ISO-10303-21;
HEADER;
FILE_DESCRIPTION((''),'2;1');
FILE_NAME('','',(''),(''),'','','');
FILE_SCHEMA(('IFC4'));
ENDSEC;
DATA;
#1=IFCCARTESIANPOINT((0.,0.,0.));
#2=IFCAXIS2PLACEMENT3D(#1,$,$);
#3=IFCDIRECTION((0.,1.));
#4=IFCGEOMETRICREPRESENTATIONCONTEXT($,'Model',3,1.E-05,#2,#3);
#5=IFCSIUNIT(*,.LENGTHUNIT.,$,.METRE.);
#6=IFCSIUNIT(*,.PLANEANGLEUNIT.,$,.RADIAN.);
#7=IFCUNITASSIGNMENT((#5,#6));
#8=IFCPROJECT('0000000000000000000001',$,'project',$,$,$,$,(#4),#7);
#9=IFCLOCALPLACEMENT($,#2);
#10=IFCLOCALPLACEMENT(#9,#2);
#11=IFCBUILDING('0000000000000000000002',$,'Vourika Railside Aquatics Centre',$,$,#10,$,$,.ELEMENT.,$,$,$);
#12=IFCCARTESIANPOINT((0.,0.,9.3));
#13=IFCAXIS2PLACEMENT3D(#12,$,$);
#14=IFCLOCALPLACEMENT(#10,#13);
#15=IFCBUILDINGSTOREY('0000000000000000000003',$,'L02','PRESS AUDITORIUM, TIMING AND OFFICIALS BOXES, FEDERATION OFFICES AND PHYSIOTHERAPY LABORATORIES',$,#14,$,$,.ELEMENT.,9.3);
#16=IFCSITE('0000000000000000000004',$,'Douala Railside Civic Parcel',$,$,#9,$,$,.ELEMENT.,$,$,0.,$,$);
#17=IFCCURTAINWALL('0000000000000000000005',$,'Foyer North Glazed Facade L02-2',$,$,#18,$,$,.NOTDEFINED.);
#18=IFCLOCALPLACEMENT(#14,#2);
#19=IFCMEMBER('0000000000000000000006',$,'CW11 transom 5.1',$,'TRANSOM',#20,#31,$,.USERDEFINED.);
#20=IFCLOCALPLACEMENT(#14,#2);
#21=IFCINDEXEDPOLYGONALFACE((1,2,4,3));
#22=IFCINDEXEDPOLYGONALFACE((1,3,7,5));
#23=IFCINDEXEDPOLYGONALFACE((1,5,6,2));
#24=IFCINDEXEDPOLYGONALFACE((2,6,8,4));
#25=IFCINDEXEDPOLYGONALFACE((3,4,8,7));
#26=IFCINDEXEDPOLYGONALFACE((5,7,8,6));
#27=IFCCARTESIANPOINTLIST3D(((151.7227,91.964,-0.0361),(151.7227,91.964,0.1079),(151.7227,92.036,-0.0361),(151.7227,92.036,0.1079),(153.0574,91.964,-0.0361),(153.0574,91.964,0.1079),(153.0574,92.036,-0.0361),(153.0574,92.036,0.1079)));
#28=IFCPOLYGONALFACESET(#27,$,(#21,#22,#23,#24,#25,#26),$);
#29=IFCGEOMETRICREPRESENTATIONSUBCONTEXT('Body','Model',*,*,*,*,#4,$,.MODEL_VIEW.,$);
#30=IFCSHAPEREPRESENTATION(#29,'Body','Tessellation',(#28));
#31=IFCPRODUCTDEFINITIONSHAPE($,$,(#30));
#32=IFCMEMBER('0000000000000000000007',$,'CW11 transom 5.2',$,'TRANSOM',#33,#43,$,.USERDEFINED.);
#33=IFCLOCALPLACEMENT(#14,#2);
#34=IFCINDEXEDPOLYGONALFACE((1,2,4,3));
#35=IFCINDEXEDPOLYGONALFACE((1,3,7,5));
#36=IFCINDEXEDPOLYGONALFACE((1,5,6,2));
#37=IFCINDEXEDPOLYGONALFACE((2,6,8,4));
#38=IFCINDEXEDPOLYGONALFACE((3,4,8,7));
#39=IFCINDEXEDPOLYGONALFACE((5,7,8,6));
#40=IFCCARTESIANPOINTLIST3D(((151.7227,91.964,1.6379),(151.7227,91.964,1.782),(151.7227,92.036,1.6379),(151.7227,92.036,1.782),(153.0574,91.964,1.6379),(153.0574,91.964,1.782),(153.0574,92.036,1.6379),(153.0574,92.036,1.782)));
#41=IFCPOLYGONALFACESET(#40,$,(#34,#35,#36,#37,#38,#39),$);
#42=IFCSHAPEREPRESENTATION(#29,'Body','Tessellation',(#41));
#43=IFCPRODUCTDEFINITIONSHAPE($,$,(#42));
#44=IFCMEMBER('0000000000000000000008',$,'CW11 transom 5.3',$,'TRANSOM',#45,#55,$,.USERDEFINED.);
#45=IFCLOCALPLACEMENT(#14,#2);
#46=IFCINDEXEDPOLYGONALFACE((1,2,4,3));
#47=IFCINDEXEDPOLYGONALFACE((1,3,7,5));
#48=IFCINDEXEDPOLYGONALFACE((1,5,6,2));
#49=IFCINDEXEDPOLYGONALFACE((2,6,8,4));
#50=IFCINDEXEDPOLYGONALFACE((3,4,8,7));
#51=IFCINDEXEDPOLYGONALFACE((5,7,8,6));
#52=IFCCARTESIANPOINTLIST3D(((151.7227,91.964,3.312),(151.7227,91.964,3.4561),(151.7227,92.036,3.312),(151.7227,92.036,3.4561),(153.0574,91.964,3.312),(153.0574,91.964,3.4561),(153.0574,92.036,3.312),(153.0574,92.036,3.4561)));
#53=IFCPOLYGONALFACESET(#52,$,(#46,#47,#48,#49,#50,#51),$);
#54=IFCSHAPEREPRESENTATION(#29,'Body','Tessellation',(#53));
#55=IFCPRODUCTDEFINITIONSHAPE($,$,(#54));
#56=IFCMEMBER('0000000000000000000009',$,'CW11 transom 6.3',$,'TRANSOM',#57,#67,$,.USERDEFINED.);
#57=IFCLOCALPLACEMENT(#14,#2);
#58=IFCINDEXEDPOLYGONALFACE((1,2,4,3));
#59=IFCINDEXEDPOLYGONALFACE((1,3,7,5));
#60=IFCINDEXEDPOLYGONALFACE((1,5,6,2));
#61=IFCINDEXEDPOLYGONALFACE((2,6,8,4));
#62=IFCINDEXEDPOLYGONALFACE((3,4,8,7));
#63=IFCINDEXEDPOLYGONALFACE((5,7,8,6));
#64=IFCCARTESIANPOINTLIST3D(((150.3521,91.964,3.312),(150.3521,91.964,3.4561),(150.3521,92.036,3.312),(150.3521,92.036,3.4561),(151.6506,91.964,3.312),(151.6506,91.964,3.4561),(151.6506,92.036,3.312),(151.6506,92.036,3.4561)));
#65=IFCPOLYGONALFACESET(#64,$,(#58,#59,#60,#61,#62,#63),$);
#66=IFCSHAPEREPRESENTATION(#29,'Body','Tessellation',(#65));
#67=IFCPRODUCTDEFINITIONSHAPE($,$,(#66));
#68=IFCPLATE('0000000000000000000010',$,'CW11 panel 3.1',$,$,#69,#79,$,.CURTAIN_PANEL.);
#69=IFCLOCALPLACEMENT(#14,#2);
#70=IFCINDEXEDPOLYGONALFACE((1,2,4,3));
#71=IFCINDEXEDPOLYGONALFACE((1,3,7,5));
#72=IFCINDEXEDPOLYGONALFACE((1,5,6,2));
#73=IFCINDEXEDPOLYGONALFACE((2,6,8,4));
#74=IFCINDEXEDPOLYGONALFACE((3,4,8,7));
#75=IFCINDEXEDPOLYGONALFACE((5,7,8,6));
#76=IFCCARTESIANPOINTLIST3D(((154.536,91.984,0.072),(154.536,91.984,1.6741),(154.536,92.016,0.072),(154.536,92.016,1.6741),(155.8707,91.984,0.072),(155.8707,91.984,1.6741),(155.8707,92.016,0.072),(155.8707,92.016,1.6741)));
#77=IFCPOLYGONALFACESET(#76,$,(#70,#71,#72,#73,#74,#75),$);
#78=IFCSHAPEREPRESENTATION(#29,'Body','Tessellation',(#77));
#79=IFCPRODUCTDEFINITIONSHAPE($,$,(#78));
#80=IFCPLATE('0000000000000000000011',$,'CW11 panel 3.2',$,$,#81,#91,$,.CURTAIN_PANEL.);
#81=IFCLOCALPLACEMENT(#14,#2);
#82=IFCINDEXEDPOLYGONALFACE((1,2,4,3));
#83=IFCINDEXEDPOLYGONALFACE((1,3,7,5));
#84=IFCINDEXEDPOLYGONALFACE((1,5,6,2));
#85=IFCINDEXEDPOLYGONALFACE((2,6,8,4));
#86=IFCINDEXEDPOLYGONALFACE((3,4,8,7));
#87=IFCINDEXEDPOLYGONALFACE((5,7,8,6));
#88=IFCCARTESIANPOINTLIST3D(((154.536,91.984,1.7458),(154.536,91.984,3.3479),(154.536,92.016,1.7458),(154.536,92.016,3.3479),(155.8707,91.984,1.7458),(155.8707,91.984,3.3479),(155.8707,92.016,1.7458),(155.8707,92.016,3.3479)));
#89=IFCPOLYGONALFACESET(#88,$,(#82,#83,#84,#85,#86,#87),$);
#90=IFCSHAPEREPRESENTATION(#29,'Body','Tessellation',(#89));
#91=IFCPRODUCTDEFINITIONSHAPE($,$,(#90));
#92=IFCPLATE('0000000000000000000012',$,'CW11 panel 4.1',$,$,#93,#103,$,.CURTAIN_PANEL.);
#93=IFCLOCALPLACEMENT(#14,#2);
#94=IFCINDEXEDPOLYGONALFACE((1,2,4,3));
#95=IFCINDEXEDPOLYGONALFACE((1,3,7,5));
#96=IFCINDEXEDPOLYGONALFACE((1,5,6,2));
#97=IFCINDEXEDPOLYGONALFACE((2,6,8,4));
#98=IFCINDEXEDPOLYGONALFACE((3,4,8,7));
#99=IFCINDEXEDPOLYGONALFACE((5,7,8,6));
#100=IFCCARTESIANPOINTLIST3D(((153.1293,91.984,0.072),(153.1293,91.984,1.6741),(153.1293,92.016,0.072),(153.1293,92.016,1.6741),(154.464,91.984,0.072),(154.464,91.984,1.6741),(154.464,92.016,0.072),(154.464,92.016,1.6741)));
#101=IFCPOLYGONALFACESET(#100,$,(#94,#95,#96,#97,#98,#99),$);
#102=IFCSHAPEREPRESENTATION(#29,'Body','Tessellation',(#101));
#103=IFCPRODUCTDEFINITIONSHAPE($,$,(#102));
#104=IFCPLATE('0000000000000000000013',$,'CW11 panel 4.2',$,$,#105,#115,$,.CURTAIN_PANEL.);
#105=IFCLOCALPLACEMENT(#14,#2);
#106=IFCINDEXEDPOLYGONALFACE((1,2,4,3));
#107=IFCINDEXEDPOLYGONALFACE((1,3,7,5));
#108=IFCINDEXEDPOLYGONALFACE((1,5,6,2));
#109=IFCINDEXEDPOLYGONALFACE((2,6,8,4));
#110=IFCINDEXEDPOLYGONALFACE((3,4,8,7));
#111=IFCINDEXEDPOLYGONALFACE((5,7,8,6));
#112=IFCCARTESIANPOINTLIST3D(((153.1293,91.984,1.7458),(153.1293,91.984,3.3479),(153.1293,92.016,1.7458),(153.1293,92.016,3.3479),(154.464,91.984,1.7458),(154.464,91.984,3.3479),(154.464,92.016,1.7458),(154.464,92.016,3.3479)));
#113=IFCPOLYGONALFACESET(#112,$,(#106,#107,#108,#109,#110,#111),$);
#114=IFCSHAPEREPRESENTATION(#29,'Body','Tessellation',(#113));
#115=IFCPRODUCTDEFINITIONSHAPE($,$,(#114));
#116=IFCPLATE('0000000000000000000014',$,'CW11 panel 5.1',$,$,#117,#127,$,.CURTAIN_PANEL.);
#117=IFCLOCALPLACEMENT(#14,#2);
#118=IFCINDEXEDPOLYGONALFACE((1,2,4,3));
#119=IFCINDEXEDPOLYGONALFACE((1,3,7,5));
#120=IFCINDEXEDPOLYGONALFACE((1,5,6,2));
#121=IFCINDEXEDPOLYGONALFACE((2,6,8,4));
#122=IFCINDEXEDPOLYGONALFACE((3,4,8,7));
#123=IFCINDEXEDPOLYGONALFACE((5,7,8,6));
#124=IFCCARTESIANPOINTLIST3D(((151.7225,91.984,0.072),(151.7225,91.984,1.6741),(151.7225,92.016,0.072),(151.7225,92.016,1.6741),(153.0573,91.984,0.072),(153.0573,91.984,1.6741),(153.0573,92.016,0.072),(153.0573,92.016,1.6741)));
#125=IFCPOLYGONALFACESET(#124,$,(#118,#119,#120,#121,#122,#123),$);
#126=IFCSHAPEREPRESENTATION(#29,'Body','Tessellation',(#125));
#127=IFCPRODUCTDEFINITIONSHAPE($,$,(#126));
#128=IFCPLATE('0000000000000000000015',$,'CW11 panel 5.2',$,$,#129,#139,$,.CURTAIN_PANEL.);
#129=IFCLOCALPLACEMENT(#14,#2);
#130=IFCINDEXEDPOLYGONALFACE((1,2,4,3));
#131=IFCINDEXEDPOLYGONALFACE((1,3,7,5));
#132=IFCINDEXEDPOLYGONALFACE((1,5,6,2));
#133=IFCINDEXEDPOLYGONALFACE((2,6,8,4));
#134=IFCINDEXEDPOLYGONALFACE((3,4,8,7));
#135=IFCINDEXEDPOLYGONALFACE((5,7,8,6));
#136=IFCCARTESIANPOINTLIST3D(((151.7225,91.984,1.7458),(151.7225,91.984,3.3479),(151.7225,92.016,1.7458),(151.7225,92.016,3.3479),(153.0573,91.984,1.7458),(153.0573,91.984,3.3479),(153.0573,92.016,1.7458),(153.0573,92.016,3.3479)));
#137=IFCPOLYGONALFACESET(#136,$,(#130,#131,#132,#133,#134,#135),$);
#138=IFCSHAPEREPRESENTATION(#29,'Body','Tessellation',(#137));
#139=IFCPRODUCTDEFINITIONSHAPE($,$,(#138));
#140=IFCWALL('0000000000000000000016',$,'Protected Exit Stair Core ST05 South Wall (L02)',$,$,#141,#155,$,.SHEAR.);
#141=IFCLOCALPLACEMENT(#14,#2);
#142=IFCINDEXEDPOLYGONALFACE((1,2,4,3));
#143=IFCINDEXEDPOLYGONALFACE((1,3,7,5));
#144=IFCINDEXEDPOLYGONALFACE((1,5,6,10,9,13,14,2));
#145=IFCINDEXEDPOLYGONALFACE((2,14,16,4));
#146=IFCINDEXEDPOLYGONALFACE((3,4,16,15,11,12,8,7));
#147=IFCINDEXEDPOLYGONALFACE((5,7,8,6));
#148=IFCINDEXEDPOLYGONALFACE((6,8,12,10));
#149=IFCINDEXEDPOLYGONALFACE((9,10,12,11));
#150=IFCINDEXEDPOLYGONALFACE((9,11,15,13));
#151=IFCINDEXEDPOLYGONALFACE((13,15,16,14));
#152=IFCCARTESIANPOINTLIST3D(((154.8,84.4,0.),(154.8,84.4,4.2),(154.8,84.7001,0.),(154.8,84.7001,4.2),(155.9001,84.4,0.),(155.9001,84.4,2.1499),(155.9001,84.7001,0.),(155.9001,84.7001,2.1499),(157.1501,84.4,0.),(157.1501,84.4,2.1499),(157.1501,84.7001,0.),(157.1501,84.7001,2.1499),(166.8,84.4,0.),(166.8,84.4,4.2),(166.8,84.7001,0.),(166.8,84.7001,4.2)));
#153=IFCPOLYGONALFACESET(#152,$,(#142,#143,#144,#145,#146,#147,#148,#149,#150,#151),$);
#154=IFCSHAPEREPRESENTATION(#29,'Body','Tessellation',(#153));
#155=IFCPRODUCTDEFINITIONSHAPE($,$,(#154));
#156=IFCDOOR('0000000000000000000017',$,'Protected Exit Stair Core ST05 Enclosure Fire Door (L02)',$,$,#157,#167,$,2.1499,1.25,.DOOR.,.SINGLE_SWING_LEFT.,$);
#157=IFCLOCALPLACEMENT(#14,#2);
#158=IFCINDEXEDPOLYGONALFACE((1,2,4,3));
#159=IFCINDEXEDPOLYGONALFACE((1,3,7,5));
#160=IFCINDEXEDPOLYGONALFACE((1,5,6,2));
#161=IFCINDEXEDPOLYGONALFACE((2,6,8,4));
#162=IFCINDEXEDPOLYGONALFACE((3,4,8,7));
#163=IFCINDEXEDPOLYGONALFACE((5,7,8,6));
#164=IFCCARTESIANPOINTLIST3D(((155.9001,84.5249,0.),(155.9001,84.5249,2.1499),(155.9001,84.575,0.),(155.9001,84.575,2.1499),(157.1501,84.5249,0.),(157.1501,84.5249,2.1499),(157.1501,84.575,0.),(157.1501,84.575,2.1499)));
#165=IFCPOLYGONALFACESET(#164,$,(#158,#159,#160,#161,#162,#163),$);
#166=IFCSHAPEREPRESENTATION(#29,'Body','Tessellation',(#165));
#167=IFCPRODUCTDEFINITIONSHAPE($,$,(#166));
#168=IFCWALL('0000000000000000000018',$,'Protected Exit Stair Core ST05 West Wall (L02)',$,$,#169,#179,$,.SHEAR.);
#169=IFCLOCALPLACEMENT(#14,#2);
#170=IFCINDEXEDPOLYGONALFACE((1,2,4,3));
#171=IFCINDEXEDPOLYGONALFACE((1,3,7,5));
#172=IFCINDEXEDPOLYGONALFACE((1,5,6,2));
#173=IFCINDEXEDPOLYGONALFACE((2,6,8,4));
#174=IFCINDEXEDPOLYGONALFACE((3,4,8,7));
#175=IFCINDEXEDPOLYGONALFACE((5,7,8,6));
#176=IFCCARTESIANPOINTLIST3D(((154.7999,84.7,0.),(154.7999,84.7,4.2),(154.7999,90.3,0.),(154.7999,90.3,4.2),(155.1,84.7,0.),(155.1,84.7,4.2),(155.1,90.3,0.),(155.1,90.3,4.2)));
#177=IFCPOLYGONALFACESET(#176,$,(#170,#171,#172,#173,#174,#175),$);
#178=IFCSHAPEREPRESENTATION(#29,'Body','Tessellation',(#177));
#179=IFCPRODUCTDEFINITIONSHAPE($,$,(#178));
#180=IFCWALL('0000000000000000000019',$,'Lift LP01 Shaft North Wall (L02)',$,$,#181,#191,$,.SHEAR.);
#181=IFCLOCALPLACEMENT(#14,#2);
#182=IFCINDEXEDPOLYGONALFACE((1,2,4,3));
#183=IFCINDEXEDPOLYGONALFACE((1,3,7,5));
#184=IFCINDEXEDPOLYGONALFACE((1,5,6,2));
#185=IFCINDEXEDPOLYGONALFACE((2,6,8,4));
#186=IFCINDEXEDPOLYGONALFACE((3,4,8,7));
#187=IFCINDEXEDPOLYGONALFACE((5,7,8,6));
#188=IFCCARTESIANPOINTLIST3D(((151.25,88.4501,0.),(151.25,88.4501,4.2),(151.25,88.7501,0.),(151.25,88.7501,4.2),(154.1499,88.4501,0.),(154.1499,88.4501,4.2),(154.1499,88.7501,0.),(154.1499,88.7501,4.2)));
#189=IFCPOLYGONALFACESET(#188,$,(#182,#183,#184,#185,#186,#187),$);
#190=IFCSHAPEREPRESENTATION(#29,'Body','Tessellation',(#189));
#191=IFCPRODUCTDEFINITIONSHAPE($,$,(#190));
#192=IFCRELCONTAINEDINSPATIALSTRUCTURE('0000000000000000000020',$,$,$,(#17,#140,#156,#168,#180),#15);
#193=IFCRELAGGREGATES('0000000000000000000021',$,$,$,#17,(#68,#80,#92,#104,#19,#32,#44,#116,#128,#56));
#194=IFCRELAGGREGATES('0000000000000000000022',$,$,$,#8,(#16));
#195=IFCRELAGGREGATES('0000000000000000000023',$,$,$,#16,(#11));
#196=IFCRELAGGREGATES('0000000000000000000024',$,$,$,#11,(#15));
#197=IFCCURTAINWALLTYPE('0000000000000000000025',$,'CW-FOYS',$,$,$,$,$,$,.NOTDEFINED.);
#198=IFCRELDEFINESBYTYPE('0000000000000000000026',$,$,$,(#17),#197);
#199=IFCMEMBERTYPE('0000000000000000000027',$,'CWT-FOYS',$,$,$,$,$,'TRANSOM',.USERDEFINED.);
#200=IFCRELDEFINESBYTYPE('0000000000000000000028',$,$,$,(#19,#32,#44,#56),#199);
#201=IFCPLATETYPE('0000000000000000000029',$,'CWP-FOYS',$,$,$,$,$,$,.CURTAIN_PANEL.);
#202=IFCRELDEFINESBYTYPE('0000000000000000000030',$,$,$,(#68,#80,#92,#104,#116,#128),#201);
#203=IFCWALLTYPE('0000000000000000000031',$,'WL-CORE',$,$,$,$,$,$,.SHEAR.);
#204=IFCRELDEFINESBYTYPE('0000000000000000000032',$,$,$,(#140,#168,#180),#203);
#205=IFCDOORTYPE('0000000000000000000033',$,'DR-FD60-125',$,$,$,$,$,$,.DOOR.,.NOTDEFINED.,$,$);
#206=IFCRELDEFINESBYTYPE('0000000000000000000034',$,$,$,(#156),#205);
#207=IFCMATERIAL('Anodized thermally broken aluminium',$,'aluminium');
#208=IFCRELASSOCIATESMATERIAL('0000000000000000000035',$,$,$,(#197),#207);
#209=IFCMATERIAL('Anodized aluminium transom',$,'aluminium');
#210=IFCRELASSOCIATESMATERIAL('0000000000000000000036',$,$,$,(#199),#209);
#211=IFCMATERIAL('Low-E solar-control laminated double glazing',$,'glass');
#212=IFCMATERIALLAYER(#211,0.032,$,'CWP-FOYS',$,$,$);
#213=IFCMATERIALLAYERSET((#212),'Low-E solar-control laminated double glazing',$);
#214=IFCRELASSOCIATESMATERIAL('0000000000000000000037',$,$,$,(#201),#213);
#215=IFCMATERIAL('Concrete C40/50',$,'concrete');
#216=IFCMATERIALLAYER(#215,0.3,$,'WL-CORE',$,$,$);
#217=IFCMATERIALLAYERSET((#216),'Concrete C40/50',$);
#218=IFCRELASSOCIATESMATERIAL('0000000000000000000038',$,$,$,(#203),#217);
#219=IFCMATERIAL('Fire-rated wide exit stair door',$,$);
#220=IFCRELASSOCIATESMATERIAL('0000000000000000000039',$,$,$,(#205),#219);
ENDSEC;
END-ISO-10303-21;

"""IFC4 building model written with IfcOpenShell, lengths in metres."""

from ifc_helpers import new_model, si_unit, direction, frame, frame_2d, origin, origin_2d, place, context, subcontext, project, spatial, rectangle, extrude, material, layer, layer_set, material_profile, profile_set, type_object, element, fill, aggregate, save


model = new_model("IFC4")

# Units and contexts
model_context = context("Model", 3, precision=1e-05, world=origin(), true_north=direction((0.0, 1.0)))
body_context = subcontext(model_context, "Body", "Model", "MODEL_VIEW")
ifc_project = project(units=[si_unit("LENGTHUNIT", "METRE"), si_unit("PLANEANGLEUNIT", "RADIAN")], contexts=[model_context])

# Site, building, storey
site_placement = place(None, origin())
site = spatial("IfcSite", under=ifc_project, at=site_placement, Name="Douala Railside Civic Parcel", CompositionType="ELEMENT", RefElevation=0.0)
building_placement = place(site_placement, origin())
building = spatial("IfcBuilding", under=site, at=building_placement, Name="Vourika Railside Aquatics Centre", CompositionType="ELEMENT")
storey_placement = place(building_placement, frame((0.0, 0.0, 9.3)))
storey = spatial("IfcBuildingStorey", under=building, at=storey_placement, Name="L02", Description="PRESS AUDITORIUM, TIMING AND OFFICIALS BOXES, FEDERATION OFFICES AND PHYSIOTHERAPY LABORATORIES", CompositionType="ELEMENT", Elevation=9.3)

# Curtain wall, members, plates
ifc_material_1 = material(Name="Anodized thermally broken aluminium", Category="aluminium")
curtain_wall_type = type_object("IfcCurtainWallType", Name="CW-FOYS", PredefinedType="NOTDEFINED", material=ifc_material_1)
curtain_wall_placement = place(storey_placement, origin())
curtain_wall = element("IfcCurtainWall", 1, at=curtain_wall_placement, inside=storey, type_object=curtain_wall_type, Name="Foyer North Glazed Facade L02-2", PredefinedType="NOTDEFINED")
ifc_material_2 = material(Name="Anodized aluminium transom", Category="aluminium")
ifc_material_profile_1 = material_profile(ifc_material_2, rectangle(XDim=0.072, YDim=0.144, at=origin_2d()), Name="ALU-T 72x144")
ifc_profile_set_1 = profile_set([ifc_material_profile_1], Name="Anodized aluminium transom")
member_type_1 = type_object("IfcMemberType", Name="CWT-FOYS", ElementType="TRANSOM", PredefinedType="USERDEFINED", material=ifc_profile_set_1)
member_1_placement = place(storey_placement, frame((153.0574, 92.0, 0.0359), z_axis=(-1.0, 0.0, 0.0), x_axis=(0.0, -1.0, 0.0)))
member_1 = element("IfcMember", 2, at=member_1_placement, type_object=member_type_1, Name="CW11 transom 5.1", ObjectType="TRANSOM", PredefinedType="USERDEFINED", context=body_context, shape_type="SweptSolid", body=[
    extrude(rectangle(XDim=0.072, YDim=0.144, at=origin_2d()), origin(), (0.0, 0.0, 1.0), 1.3347),
])
member_2_placement = place(storey_placement, frame((153.0574, 92.0, 1.71), z_axis=(-1.0, 0.0, 0.0), x_axis=(0.0, -1.0, 0.0)))
member_2 = element("IfcMember", 3, at=member_2_placement, type_object=member_type_1, Name="CW11 transom 5.2", ObjectType="TRANSOM", PredefinedType="USERDEFINED", context=body_context, shape_type="SweptSolid", body=[
    extrude(rectangle(XDim=0.072, YDim=0.144, at=origin_2d()), origin(), (0.0, 0.0, 1.0), 1.3347),
])
member_3_placement = place(storey_placement, frame((153.0574, 92.0, 3.384), z_axis=(-1.0, 0.0, 0.0), x_axis=(0.0, -1.0, 0.0)))
member_3 = element("IfcMember", 4, at=member_3_placement, type_object=member_type_1, Name="CW11 transom 5.3", ObjectType="TRANSOM", PredefinedType="USERDEFINED", context=body_context, shape_type="SweptSolid", body=[
    extrude(rectangle(XDim=0.072, YDim=0.144, at=origin_2d()), origin(), (0.0, 0.0, 1.0), 1.3347),
])
member_4_placement = place(storey_placement, frame((151.6506, 92.0, 3.384), z_axis=(-1.0, 0.0, 0.0), x_axis=(0.0, -1.0, 0.0)))
member_4 = element("IfcMember", 5, at=member_4_placement, type_object=member_type_1, Name="CW11 transom 6.3", ObjectType="TRANSOM", PredefinedType="USERDEFINED", context=body_context, shape_type="SweptSolid", body=[
    extrude(rectangle(XDim=0.072, YDim=0.144, at=origin_2d()), origin(), (0.0, 0.0, 1.0), 1.2986),
])
ifc_material_3 = material(Name="Low-E solar-control laminated double glazing", Category="glass")
ifc_layer_1 = layer(ifc_material_3, 0.032, Name="CWP-FOYS")
ifc_layer_set_1 = layer_set([ifc_layer_1], Name="Low-E solar-control laminated double glazing")
plate_type = type_object("IfcPlateType", Name="CWP-FOYS", PredefinedType="CURTAIN_PANEL", material=ifc_layer_set_1)
plate_1_placement = place(storey_placement, frame((155.2034, 92.0, 0.072), z_axis=(0.0, 0.0, 1.0), x_axis=(-1.0, 0.0, 0.0)))
plate_1 = element("IfcPlate", 6, at=plate_1_placement, type_object=plate_type, Name="CW11 panel 3.1", PredefinedType="CURTAIN_PANEL", context=body_context, shape_type="SweptSolid", body=[
    extrude(rectangle(XDim=1.3347, YDim=0.032, at=origin_2d()), origin(), (0.0, 0.0, 1.0), 1.6021),
])
plate_2_placement = place(storey_placement, frame((155.2034, 92.0, 1.7458), z_axis=(0.0, 0.0, 1.0), x_axis=(-1.0, 0.0, 0.0)))
plate_2 = element("IfcPlate", 7, at=plate_2_placement, type_object=plate_type, Name="CW11 panel 3.2", PredefinedType="CURTAIN_PANEL", context=body_context, shape_type="SweptSolid", body=[
    extrude(rectangle(XDim=1.3347, YDim=0.032, at=origin_2d()), origin(), (0.0, 0.0, 1.0), 1.6021),
])
plate_3_placement = place(storey_placement, frame((153.7966, 92.0, 0.072), z_axis=(0.0, 0.0, 1.0), x_axis=(-1.0, 0.0, 0.0)))
plate_3 = element("IfcPlate", 8, at=plate_3_placement, type_object=plate_type, Name="CW11 panel 4.1", PredefinedType="CURTAIN_PANEL", context=body_context, shape_type="SweptSolid", body=[
    extrude(rectangle(XDim=1.3347, YDim=0.032, at=origin_2d()), origin(), (0.0, 0.0, 1.0), 1.6021),
])
plate_4_placement = place(storey_placement, frame((153.7966, 92.0, 1.7458), z_axis=(0.0, 0.0, 1.0), x_axis=(-1.0, 0.0, 0.0)))
plate_4 = element("IfcPlate", 9, at=plate_4_placement, type_object=plate_type, Name="CW11 panel 4.2", PredefinedType="CURTAIN_PANEL", context=body_context, shape_type="SweptSolid", body=[
    extrude(rectangle(XDim=1.3347, YDim=0.032, at=origin_2d()), origin(), (0.0, 0.0, 1.0), 1.6021),
])
plate_5_placement = place(storey_placement, frame((152.3899, 92.0, 0.072), z_axis=(0.0, 0.0, 1.0), x_axis=(-1.0, 0.0, 0.0)))
plate_5 = element("IfcPlate", 10, at=plate_5_placement, type_object=plate_type, Name="CW11 panel 5.1", PredefinedType="CURTAIN_PANEL", context=body_context, shape_type="SweptSolid", body=[
    extrude(rectangle(XDim=1.3347, YDim=0.032, at=origin_2d()), origin(), (0.0, 0.0, 1.0), 1.6021),
])
plate_6_placement = place(storey_placement, frame((152.3899, 92.0, 1.7458), z_axis=(0.0, 0.0, 1.0), x_axis=(-1.0, 0.0, 0.0)))
plate_6 = element("IfcPlate", 11, at=plate_6_placement, type_object=plate_type, Name="CW11 panel 5.2", PredefinedType="CURTAIN_PANEL", context=body_context, shape_type="SweptSolid", body=[
    extrude(rectangle(XDim=1.3347, YDim=0.032, at=origin_2d()), origin(), (0.0, 0.0, 1.0), 1.6021),
])
aggregate(curtain_wall, [plate_1, plate_2, plate_3, plate_4, member_1, member_2, member_3, plate_5, plate_6, member_4])

# Wall, opening, door
ifc_material_4 = material(Name="Concrete C40/50", Category="concrete")
ifc_layer_2 = layer(ifc_material_4, 0.3, Name="WL-CORE")
ifc_layer_set_2 = layer_set([ifc_layer_2], Name="Concrete C40/50")
wall_type_1 = type_object("IfcWallType", Name="WL-CORE", PredefinedType="SHEAR", material=ifc_layer_set_2)
wall_1_placement = place(storey_placement, frame((154.8, 84.55, 0.0), z_axis=(0.0, 0.0, 1.0), x_axis=(1.0, 0.0, 0.0)))
wall_1 = element("IfcWall", 12, at=wall_1_placement, inside=storey, type_object=wall_type_1, Name="Protected Exit Stair Core ST05 South Wall (L02)", PredefinedType="SHEAR", context=body_context, shape_type="SweptSolid", body=[
    extrude(rectangle(XDim=12.0, YDim=0.3, at=frame_2d((6.0, 0.0))), origin(), (0.0, 0.0, 1.0), 4.2),
])
opening_placement = place(wall_1_placement, frame((1.1001, 0.0, 0.0)))
opening = element("IfcOpeningElement", 13, at=opening_placement, cuts=wall_1, PredefinedType="OPENING", context=body_context, shape_type="SweptSolid", body=[
    extrude(rectangle(XDim=1.25, YDim=2.1499, at=frame_2d((0.625, 1.075))), frame((0.0, 0.1602, 0.0), z_axis=(0.0, -1.0, 0.0), x_axis=(1.0, 0.0, 0.0)), (0.0, 0.0, 1.0), 0.3201),
])
ifc_material_5 = material(Name="Fire-rated wide exit stair door")
door_type = type_object("IfcDoorType", Name="DR-FD60-125", OperationType="NOTDEFINED", PredefinedType="DOOR", material=ifc_material_5)
door_placement = place(opening_placement, origin())
door = element("IfcDoor", 14, at=door_placement, inside=storey, type_object=door_type, Name="Protected Exit Stair Core ST05 Enclosure Fire Door (L02)", OperationType="SINGLE_SWING_LEFT", OverallHeight=2.1499, OverallWidth=1.25, PredefinedType="DOOR", context=body_context, shape_type="SweptSolid", body=[
    extrude(rectangle(XDim=1.25, YDim=2.1499, at=frame_2d((0.625, 1.075))), frame((0.0, 0.0249, 0.0), z_axis=(0.0, -1.0, 0.0), x_axis=(1.0, 0.0, 0.0)), (0.0, 0.0, 1.0), 0.05),
])
fill(opening, door)

# Walls
wall_2_placement = place(storey_placement, frame((154.95, 90.3, 0.0), z_axis=(0.0, 0.0, 1.0), x_axis=(0.0, -1.0, 0.0)))
element("IfcWall", 15, at=wall_2_placement, inside=storey, type_object=wall_type_1, Name="Protected Exit Stair Core ST05 West Wall (L02)", PredefinedType="SHEAR", context=body_context, shape_type="SweptSolid", body=[
    extrude(rectangle(XDim=5.6001, YDim=0.3, at=frame_2d((2.8, 0.0))), origin(), (0.0, 0.0, 1.0), 4.2),
])
wall_3_placement = place(storey_placement, frame((154.1499, 88.6001, 0.0), z_axis=(0.0, 0.0, 1.0), x_axis=(-1.0, 0.0, 0.0)))
element("IfcWall", 16, at=wall_3_placement, inside=storey, type_object=wall_type_1, Name="Lift LP01 Shaft North Wall (L02)", PredefinedType="SHEAR", context=body_context, shape_type="SweptSolid", body=[
    extrude(rectangle(XDim=2.8999, YDim=0.3, at=frame_2d((1.45, 0.0))), origin(), (0.0, 0.0, 1.0), 4.2),
])

save(model, "model.ifc")
